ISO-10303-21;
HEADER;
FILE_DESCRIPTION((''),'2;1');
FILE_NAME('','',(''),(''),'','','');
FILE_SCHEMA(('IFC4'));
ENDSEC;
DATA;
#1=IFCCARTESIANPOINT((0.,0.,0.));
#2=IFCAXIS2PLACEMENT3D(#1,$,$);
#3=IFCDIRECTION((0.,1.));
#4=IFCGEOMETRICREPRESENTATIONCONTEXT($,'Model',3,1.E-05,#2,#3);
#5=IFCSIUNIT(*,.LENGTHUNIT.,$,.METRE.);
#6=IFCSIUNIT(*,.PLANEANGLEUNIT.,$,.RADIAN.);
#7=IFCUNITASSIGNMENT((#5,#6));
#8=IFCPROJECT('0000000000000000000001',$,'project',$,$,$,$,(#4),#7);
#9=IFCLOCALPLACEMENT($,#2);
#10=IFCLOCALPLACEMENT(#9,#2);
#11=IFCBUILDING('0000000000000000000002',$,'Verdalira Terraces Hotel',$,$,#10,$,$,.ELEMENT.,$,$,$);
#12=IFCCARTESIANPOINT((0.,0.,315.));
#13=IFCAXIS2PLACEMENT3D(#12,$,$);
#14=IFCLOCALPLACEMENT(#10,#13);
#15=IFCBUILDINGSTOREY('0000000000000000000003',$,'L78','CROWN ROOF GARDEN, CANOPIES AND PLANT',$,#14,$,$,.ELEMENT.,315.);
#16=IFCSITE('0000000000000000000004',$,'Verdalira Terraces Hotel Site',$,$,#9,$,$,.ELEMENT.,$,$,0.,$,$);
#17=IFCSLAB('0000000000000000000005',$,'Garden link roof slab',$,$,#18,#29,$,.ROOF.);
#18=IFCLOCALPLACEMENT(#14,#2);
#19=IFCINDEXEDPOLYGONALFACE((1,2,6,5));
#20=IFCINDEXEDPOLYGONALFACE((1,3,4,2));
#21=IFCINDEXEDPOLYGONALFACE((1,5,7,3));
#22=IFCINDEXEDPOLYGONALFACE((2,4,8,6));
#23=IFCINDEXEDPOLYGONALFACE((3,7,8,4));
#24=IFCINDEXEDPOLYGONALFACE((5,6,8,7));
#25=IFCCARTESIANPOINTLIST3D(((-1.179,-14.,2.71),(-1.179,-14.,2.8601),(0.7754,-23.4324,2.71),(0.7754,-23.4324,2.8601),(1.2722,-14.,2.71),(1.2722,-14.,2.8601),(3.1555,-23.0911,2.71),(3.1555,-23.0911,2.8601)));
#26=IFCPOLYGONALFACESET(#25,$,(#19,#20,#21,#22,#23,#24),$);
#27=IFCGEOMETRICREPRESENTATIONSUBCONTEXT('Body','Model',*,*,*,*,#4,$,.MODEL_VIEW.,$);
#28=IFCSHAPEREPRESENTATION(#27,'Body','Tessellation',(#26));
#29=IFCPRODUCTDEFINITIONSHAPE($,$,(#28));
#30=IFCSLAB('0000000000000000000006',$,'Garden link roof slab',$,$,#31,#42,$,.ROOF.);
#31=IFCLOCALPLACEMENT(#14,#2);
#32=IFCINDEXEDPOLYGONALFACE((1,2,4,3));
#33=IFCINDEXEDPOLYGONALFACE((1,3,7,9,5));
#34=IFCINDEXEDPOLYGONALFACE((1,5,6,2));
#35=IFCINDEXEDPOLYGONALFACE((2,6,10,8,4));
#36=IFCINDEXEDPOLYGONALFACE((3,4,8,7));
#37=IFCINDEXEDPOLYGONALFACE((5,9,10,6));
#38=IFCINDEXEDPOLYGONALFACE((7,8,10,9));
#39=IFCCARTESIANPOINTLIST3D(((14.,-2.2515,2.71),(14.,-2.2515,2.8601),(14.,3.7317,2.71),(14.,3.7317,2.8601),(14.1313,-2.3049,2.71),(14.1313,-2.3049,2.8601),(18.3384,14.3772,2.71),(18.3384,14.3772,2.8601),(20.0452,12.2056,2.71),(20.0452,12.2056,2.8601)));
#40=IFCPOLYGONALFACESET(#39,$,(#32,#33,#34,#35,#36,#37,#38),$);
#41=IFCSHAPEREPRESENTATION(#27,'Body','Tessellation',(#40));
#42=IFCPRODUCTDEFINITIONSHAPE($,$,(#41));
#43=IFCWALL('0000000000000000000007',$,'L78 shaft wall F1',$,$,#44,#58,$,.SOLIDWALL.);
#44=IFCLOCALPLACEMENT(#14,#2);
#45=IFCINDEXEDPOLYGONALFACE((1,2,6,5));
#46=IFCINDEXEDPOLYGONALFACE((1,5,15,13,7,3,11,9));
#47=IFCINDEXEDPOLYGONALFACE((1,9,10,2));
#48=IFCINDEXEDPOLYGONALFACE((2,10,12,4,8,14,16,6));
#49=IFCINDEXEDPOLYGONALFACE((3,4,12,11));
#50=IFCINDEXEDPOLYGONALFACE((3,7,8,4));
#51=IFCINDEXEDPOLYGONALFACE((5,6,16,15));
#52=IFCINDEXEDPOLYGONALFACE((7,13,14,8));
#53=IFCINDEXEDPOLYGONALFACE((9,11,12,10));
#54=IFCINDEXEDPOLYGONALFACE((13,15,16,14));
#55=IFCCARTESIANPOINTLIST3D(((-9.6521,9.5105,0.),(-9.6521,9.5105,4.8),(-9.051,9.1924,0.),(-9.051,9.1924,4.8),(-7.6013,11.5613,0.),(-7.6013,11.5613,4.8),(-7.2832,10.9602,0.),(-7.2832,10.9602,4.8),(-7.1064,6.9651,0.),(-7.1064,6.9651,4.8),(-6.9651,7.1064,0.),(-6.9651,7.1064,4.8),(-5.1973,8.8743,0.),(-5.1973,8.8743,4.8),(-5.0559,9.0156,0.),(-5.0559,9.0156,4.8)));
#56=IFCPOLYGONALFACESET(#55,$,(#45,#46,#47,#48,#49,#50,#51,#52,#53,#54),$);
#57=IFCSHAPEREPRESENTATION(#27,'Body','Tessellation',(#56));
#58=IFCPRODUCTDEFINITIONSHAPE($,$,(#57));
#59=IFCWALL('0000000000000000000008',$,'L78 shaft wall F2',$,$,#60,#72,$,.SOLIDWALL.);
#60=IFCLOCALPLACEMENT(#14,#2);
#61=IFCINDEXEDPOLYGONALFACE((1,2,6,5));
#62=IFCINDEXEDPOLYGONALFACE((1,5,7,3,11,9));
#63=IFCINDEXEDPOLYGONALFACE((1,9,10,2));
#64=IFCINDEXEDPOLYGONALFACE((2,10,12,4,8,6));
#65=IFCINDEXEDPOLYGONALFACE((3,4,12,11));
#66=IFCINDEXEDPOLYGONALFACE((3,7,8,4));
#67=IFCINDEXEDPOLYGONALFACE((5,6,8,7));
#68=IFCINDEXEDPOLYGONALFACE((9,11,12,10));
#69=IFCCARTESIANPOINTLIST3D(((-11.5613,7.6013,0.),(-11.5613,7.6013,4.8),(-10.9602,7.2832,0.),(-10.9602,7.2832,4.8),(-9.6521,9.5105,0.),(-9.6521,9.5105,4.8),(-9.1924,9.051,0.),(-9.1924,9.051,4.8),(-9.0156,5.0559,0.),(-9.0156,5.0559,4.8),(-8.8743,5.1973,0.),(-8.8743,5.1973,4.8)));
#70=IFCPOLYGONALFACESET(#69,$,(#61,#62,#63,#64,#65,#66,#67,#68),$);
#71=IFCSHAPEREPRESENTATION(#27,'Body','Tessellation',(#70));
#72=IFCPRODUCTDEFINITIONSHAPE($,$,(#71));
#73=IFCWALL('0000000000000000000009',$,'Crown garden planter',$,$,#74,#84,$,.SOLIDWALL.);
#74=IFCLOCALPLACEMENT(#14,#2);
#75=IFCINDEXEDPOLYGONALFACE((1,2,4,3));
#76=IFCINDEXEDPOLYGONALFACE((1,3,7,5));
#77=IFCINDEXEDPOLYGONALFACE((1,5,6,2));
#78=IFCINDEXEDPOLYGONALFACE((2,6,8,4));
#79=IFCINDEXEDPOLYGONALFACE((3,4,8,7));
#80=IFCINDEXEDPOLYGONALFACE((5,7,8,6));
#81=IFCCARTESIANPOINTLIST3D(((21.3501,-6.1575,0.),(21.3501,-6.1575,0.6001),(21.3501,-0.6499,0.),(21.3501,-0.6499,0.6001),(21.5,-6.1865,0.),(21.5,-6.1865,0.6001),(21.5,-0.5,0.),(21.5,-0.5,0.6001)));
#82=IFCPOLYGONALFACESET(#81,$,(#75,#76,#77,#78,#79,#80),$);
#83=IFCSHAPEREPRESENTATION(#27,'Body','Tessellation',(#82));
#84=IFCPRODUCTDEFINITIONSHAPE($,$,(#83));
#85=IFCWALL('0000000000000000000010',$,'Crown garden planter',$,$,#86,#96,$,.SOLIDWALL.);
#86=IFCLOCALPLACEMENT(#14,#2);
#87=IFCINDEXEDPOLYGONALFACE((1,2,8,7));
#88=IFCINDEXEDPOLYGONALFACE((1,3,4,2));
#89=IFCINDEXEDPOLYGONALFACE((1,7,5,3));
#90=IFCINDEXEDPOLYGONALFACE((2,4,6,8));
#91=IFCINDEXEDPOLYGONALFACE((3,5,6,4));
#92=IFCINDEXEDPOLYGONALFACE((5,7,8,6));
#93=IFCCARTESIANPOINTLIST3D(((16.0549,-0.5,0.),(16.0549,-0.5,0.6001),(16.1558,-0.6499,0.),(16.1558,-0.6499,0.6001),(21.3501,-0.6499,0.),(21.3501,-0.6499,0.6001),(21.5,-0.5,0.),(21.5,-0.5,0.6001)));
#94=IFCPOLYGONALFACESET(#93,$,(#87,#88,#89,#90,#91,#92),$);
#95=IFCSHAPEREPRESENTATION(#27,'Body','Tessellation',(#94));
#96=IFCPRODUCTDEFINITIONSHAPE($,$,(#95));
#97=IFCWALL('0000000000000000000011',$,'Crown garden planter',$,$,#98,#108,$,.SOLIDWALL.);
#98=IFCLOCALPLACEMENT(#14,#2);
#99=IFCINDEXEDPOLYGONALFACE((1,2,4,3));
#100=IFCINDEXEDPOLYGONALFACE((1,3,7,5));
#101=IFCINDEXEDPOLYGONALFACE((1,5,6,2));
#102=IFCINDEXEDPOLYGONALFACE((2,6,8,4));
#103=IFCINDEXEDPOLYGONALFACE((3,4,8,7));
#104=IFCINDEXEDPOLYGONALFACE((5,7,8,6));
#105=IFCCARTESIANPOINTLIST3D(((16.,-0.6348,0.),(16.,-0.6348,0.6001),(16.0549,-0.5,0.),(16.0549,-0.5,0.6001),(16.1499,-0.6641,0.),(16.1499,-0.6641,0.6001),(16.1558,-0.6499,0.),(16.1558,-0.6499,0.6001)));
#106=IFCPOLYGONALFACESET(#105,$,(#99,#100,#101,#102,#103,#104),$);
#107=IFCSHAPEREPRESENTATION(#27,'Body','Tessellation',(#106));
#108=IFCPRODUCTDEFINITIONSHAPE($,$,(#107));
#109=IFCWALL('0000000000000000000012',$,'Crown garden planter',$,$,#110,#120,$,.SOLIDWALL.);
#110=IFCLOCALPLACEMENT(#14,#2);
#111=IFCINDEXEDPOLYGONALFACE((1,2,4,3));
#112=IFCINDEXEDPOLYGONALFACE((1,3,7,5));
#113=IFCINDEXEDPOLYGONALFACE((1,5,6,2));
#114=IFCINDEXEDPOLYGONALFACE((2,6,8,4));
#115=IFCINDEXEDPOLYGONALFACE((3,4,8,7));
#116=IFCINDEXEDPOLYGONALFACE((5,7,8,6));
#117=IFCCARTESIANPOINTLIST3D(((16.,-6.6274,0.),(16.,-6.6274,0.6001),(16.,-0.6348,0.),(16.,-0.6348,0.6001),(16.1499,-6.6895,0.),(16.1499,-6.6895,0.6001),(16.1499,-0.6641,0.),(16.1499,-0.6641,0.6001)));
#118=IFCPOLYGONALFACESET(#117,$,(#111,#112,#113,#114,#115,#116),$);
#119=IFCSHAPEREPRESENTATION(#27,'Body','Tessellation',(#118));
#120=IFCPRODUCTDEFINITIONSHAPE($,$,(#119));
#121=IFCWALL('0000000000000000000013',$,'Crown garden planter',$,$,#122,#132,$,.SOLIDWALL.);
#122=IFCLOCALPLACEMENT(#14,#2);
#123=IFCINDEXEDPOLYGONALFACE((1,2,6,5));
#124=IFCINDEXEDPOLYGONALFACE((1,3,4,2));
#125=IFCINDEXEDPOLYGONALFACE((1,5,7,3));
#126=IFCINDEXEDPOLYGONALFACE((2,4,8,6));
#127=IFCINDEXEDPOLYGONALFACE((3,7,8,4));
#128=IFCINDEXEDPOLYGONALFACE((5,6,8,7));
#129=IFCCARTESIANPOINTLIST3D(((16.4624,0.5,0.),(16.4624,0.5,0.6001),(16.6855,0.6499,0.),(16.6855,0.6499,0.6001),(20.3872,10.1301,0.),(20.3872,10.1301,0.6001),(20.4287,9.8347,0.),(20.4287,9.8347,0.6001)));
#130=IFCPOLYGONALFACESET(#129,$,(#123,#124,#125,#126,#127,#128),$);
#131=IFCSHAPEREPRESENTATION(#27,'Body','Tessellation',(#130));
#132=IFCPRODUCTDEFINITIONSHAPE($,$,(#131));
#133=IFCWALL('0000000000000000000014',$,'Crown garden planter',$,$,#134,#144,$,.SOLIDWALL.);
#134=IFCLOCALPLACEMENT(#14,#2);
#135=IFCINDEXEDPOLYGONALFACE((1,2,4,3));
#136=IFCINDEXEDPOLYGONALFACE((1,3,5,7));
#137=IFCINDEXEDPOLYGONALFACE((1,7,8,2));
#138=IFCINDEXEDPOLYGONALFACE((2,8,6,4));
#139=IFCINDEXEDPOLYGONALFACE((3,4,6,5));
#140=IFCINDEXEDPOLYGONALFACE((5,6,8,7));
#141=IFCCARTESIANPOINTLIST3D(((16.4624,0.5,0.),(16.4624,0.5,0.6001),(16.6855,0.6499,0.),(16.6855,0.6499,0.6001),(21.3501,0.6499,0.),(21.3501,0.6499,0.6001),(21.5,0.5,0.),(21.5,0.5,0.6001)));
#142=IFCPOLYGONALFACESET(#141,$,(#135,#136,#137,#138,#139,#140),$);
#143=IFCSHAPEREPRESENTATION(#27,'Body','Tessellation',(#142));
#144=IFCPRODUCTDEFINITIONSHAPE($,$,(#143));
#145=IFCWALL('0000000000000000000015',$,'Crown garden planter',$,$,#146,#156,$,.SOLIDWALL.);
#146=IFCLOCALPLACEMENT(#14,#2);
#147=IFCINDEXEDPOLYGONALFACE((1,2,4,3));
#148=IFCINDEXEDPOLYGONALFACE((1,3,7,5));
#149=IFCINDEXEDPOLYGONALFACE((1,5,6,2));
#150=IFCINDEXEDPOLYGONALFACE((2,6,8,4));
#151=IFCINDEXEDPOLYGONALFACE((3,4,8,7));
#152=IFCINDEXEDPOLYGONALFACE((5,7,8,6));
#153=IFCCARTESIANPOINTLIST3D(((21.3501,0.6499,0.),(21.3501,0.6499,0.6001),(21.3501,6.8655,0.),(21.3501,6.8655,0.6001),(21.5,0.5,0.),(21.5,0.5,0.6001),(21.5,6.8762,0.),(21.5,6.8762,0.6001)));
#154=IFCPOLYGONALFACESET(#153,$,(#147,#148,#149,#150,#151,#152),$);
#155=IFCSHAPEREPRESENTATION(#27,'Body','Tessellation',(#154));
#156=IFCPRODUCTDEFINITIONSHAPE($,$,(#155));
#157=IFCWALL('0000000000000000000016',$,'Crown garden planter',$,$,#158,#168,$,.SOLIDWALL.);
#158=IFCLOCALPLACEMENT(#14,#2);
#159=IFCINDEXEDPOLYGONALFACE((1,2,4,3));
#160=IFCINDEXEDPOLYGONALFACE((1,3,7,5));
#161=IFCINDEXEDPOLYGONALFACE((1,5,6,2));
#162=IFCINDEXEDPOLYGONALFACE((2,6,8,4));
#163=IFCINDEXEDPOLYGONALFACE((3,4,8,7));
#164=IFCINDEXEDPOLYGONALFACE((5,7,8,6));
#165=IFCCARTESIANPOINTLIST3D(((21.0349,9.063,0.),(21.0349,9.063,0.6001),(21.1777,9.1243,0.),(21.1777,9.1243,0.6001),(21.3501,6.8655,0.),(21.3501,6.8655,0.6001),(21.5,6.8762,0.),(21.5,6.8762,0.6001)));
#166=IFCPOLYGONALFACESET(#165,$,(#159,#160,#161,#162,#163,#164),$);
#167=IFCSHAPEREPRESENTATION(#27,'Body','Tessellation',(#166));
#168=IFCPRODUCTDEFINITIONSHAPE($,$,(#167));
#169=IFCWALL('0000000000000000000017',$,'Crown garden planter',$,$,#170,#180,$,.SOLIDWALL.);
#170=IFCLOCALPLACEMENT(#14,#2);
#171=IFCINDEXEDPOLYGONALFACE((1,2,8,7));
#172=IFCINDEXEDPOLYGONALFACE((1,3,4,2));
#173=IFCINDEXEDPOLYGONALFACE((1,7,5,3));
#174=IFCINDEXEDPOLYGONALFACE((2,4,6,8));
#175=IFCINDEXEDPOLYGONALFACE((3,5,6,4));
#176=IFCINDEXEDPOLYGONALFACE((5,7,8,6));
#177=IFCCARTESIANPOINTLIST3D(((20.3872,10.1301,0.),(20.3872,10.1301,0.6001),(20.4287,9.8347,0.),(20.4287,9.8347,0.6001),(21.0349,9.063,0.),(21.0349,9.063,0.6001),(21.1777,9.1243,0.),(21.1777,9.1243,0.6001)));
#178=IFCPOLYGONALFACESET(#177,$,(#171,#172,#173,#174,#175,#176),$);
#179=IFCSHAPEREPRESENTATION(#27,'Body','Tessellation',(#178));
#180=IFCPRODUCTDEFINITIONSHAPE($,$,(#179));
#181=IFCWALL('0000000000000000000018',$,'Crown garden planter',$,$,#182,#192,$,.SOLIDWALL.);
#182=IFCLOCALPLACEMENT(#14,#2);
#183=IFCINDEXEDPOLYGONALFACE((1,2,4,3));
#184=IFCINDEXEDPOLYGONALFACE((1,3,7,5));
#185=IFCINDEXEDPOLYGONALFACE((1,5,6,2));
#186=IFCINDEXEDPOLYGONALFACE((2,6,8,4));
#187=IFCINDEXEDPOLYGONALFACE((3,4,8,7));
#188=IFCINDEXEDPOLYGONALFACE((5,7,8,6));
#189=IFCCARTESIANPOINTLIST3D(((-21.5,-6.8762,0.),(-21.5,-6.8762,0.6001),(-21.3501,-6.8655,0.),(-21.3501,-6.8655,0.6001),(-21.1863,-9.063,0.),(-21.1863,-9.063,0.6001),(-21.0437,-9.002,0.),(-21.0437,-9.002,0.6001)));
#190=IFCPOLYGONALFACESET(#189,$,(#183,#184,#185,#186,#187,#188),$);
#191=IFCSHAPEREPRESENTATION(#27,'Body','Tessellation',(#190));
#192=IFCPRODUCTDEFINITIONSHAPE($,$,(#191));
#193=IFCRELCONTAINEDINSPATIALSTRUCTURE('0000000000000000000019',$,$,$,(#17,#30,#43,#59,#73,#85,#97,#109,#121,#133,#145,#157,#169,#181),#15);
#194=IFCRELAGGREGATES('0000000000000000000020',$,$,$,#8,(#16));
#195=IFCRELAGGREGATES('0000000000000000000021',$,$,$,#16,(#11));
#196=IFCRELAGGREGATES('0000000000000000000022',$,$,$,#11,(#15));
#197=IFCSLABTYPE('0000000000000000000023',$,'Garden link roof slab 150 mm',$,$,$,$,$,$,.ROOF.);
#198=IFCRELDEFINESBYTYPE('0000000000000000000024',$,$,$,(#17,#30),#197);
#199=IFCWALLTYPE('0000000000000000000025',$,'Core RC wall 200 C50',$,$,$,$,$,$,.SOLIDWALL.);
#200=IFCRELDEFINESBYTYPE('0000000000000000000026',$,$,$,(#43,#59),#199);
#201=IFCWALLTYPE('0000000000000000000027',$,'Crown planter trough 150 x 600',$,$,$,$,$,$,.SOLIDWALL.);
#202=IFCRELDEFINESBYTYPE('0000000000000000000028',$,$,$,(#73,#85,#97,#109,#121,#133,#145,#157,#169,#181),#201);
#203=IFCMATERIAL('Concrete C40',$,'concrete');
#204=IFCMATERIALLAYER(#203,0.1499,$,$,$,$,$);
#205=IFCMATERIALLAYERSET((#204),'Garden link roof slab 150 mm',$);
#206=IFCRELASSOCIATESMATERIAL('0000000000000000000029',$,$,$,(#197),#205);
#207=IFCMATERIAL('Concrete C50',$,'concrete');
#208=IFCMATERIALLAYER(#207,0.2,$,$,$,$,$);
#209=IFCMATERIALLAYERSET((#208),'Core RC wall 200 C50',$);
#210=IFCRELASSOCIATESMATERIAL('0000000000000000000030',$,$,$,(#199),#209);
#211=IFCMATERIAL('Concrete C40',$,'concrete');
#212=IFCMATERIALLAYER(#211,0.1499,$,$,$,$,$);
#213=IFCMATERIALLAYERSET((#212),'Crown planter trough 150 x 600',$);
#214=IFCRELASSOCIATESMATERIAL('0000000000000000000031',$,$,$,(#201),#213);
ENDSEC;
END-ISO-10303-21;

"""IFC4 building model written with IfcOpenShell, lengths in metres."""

from ifc_helpers import new_model, si_unit, direction, frame, origin, place, context, subcontext, project, spatial, polyline, outline, extrude, material, layer, layer_set, type_object, element, save


model = new_model("IFC4")

# Units and contexts
model_context = context("Model", 3, precision=1e-05, world=origin(), true_north=direction((0.0, 1.0)))
body_context = subcontext(model_context, "Body", "Model", "MODEL_VIEW")
ifc_project = project(units=[si_unit("LENGTHUNIT", "METRE"), si_unit("PLANEANGLEUNIT", "RADIAN")], contexts=[model_context])

# Site, building, storey
site_placement = place(None, origin())
site = spatial("IfcSite", under=ifc_project, at=site_placement, Name="Verdalira Terraces Hotel Site", CompositionType="ELEMENT", RefElevation=0.0)
building_placement = place(site_placement, origin())
building = spatial("IfcBuilding", under=site, at=building_placement, Name="Verdalira Terraces Hotel", CompositionType="ELEMENT")
storey_placement = place(building_placement, frame((0.0, 0.0, 315.0)))
storey = spatial("IfcBuildingStorey", under=building, at=storey_placement, Name="L78", Description="CROWN ROOF GARDEN, CANOPIES AND PLANT", CompositionType="ELEMENT", Elevation=315.0)

# Slabs
ifc_material_1 = material(Name="Concrete C40", Category="concrete")
ifc_layer_1 = layer(ifc_material_1, 0.1499)
ifc_layer_set_1 = layer_set([ifc_layer_1], Name="Garden link roof slab 150 mm")
slab_type_1 = type_object("IfcSlabType", Name="Garden link roof slab 150 mm", PredefinedType="ROOF", material=ifc_layer_set_1)
slab_1_placement = place(storey_placement, frame((0.0, 0.0, 2.71)))
element("IfcSlab", 1, at=slab_1_placement, inside=storey, type_object=slab_type_1, Name="Garden link roof slab", PredefinedType="ROOF", context=body_context, shape_type="SweptSolid", body=[
    extrude(outline(polyline([(1.2722, -14.0), (3.1555, -23.0911), (0.7754, -23.4324), (-1.179, -14.0), (1.2722, -14.0)])), origin(), (0.0, 0.0, 1.0), 0.1501),
])
slab_2_placement = place(storey_placement, frame((0.0, 0.0, 2.71)))
element("IfcSlab", 2, at=slab_2_placement, inside=storey, type_object=slab_type_1, Name="Garden link roof slab", PredefinedType="ROOF", context=body_context, shape_type="SweptSolid", body=[
    extrude(outline(polyline([(14.0, -2.2515), (14.0, 3.7317), (18.3384, 14.3772), (20.0452, 12.2056), (14.1313, -2.3049), (14.0, -2.2515)])), origin(), (0.0, 0.0, 1.0), 0.1501),
])

# Walls
ifc_material_2 = material(Name="Concrete C50", Category="concrete")
ifc_layer_2 = layer(ifc_material_2, 0.2)
ifc_layer_set_2 = layer_set([ifc_layer_2], Name="Core RC wall 200 C50")
wall_type_1 = type_object("IfcWallType", Name="Core RC wall 200 C50", PredefinedType="SOLIDWALL", material=ifc_layer_set_2)
wall_1_placement = place(storey_placement, origin())
element("IfcWall", 3, at=wall_1_placement, inside=storey, type_object=wall_type_1, Name="L78 shaft wall F1", PredefinedType="SOLIDWALL", context=body_context, shape_type="SweptSolid", body=[
    extrude(outline(polyline([(-9.6521, 9.5105), (-7.6013, 11.5613), (-5.0559, 9.0156), (-5.1973, 8.8743), (-7.2832, 10.9602), (-9.051, 9.1924), (-6.9651, 7.1064), (-7.1064, 6.9651), (-9.6521, 9.5105)])), origin(), (0.0, 0.0, 1.0), 4.8),
])
wall_2_placement = place(storey_placement, origin())
element("IfcWall", 4, at=wall_2_placement, inside=storey, type_object=wall_type_1, Name="L78 shaft wall F2", PredefinedType="SOLIDWALL", context=body_context, shape_type="SweptSolid", body=[
    extrude(outline(polyline([(-11.5613, 7.6013), (-9.6521, 9.5105), (-9.1924, 9.051), (-10.9602, 7.2832), (-8.8743, 5.1973), (-9.0156, 5.0559), (-11.5613, 7.6013)])), origin(), (0.0, 0.0, 1.0), 4.8),
])
ifc_material_3 = material(Name="Concrete C40", Category="concrete")
ifc_layer_3 = layer(ifc_material_3, 0.1499)
ifc_layer_set_3 = layer_set([ifc_layer_3], Name="Crown planter trough 150 x 600")
wall_type_2 = type_object("IfcWallType", Name="Crown planter trough 150 x 600", PredefinedType="SOLIDWALL", material=ifc_layer_set_3)
wall_3_placement = place(storey_placement, origin())
element("IfcWall", 5, at=wall_3_placement, inside=storey, type_object=wall_type_2, Name="Crown garden planter", PredefinedType="SOLIDWALL", context=body_context, shape_type="SweptSolid", body=[
    extrude(outline(polyline([(21.5, -6.1865), (21.5, -0.5), (21.3501, -0.6499), (21.3501, -6.1575), (21.5, -6.1865)])), origin(), (0.0, 0.0, 1.0), 0.6001),
])
wall_4_placement = place(storey_placement, origin())
element("IfcWall", 6, at=wall_4_placement, inside=storey, type_object=wall_type_2, Name="Crown garden planter", PredefinedType="SOLIDWALL", context=body_context, shape_type="SweptSolid", body=[
    extrude(outline(polyline([(21.5, -0.5), (16.0549, -0.5), (16.1558, -0.6499), (21.3501, -0.6499), (21.5, -0.5)])), origin(), (0.0, 0.0, 1.0), 0.6001),
])
wall_5_placement = place(storey_placement, origin())
element("IfcWall", 7, at=wall_5_placement, inside=storey, type_object=wall_type_2, Name="Crown garden planter", PredefinedType="SOLIDWALL", context=body_context, shape_type="SweptSolid", body=[
    extrude(outline(polyline([(16.0549, -0.5), (16.0, -0.6348), (16.1499, -0.6641), (16.1558, -0.6499), (16.0549, -0.5)])), origin(), (0.0, 0.0, 1.0), 0.6001),
])
wall_6_placement = place(storey_placement, origin())
element("IfcWall", 8, at=wall_6_placement, inside=storey, type_object=wall_type_2, Name="Crown garden planter", PredefinedType="SOLIDWALL", context=body_context, shape_type="SweptSolid", body=[
    extrude(outline(polyline([(16.0, -0.6348), (16.0, -6.6274), (16.1499, -6.6895), (16.1499, -0.6641), (16.0, -0.6348)])), origin(), (0.0, 0.0, 1.0), 0.6001),
])
wall_7_placement = place(storey_placement, origin())
element("IfcWall", 9, at=wall_7_placement, inside=storey, type_object=wall_type_2, Name="Crown garden planter", PredefinedType="SOLIDWALL", context=body_context, shape_type="SweptSolid", body=[
    extrude(outline(polyline([(20.3872, 10.1301), (16.4624, 0.5), (16.6855, 0.6499), (20.4287, 9.8347), (20.3872, 10.1301)])), origin(), (0.0, 0.0, 1.0), 0.6001),
])
wall_8_placement = place(storey_placement, origin())
element("IfcWall", 10, at=wall_8_placement, inside=storey, type_object=wall_type_2, Name="Crown garden planter", PredefinedType="SOLIDWALL", context=body_context, shape_type="SweptSolid", body=[
    extrude(outline(polyline([(16.4624, 0.5), (21.5, 0.5), (21.3501, 0.6499), (16.6855, 0.6499), (16.4624, 0.5)])), origin(), (0.0, 0.0, 1.0), 0.6001),
])
wall_9_placement = place(storey_placement, origin())
element("IfcWall", 11, at=wall_9_placement, inside=storey, type_object=wall_type_2, Name="Crown garden planter", PredefinedType="SOLIDWALL", context=body_context, shape_type="SweptSolid", body=[
    extrude(outline(polyline([(21.5, 0.5), (21.5, 6.8762), (21.3501, 6.8655), (21.3501, 0.6499), (21.5, 0.5)])), origin(), (0.0, 0.0, 1.0), 0.6001),
])
wall_10_placement = place(storey_placement, origin())
element("IfcWall", 12, at=wall_10_placement, inside=storey, type_object=wall_type_2, Name="Crown garden planter", PredefinedType="SOLIDWALL", context=body_context, shape_type="SweptSolid", body=[
    extrude(outline(polyline([(21.5, 6.8762), (21.1777, 9.1243), (21.0349, 9.063), (21.3501, 6.8655), (21.5, 6.8762)])), origin(), (0.0, 0.0, 1.0), 0.6001),
])
wall_11_placement = place(storey_placement, origin())
element("IfcWall", 13, at=wall_11_placement, inside=storey, type_object=wall_type_2, Name="Crown garden planter", PredefinedType="SOLIDWALL", context=body_context, shape_type="SweptSolid", body=[
    extrude(outline(polyline([(21.1777, 9.1243), (20.3872, 10.1301), (20.4287, 9.8347), (21.0349, 9.063), (21.1777, 9.1243)])), origin(), (0.0, 0.0, 1.0), 0.6001),
])
wall_12_placement = place(storey_placement, origin())
element("IfcWall", 14, at=wall_12_placement, inside=storey, type_object=wall_type_2, Name="Crown garden planter", PredefinedType="SOLIDWALL", context=body_context, shape_type="SweptSolid", body=[
    extrude(outline(polyline([(-21.5, -6.8762), (-21.1863, -9.063), (-21.0437, -9.002), (-21.3501, -6.8655), (-21.5, -6.8762)])), origin(), (0.0, 0.0, 1.0), 0.6001),
])

save(model, "model.ifc")
